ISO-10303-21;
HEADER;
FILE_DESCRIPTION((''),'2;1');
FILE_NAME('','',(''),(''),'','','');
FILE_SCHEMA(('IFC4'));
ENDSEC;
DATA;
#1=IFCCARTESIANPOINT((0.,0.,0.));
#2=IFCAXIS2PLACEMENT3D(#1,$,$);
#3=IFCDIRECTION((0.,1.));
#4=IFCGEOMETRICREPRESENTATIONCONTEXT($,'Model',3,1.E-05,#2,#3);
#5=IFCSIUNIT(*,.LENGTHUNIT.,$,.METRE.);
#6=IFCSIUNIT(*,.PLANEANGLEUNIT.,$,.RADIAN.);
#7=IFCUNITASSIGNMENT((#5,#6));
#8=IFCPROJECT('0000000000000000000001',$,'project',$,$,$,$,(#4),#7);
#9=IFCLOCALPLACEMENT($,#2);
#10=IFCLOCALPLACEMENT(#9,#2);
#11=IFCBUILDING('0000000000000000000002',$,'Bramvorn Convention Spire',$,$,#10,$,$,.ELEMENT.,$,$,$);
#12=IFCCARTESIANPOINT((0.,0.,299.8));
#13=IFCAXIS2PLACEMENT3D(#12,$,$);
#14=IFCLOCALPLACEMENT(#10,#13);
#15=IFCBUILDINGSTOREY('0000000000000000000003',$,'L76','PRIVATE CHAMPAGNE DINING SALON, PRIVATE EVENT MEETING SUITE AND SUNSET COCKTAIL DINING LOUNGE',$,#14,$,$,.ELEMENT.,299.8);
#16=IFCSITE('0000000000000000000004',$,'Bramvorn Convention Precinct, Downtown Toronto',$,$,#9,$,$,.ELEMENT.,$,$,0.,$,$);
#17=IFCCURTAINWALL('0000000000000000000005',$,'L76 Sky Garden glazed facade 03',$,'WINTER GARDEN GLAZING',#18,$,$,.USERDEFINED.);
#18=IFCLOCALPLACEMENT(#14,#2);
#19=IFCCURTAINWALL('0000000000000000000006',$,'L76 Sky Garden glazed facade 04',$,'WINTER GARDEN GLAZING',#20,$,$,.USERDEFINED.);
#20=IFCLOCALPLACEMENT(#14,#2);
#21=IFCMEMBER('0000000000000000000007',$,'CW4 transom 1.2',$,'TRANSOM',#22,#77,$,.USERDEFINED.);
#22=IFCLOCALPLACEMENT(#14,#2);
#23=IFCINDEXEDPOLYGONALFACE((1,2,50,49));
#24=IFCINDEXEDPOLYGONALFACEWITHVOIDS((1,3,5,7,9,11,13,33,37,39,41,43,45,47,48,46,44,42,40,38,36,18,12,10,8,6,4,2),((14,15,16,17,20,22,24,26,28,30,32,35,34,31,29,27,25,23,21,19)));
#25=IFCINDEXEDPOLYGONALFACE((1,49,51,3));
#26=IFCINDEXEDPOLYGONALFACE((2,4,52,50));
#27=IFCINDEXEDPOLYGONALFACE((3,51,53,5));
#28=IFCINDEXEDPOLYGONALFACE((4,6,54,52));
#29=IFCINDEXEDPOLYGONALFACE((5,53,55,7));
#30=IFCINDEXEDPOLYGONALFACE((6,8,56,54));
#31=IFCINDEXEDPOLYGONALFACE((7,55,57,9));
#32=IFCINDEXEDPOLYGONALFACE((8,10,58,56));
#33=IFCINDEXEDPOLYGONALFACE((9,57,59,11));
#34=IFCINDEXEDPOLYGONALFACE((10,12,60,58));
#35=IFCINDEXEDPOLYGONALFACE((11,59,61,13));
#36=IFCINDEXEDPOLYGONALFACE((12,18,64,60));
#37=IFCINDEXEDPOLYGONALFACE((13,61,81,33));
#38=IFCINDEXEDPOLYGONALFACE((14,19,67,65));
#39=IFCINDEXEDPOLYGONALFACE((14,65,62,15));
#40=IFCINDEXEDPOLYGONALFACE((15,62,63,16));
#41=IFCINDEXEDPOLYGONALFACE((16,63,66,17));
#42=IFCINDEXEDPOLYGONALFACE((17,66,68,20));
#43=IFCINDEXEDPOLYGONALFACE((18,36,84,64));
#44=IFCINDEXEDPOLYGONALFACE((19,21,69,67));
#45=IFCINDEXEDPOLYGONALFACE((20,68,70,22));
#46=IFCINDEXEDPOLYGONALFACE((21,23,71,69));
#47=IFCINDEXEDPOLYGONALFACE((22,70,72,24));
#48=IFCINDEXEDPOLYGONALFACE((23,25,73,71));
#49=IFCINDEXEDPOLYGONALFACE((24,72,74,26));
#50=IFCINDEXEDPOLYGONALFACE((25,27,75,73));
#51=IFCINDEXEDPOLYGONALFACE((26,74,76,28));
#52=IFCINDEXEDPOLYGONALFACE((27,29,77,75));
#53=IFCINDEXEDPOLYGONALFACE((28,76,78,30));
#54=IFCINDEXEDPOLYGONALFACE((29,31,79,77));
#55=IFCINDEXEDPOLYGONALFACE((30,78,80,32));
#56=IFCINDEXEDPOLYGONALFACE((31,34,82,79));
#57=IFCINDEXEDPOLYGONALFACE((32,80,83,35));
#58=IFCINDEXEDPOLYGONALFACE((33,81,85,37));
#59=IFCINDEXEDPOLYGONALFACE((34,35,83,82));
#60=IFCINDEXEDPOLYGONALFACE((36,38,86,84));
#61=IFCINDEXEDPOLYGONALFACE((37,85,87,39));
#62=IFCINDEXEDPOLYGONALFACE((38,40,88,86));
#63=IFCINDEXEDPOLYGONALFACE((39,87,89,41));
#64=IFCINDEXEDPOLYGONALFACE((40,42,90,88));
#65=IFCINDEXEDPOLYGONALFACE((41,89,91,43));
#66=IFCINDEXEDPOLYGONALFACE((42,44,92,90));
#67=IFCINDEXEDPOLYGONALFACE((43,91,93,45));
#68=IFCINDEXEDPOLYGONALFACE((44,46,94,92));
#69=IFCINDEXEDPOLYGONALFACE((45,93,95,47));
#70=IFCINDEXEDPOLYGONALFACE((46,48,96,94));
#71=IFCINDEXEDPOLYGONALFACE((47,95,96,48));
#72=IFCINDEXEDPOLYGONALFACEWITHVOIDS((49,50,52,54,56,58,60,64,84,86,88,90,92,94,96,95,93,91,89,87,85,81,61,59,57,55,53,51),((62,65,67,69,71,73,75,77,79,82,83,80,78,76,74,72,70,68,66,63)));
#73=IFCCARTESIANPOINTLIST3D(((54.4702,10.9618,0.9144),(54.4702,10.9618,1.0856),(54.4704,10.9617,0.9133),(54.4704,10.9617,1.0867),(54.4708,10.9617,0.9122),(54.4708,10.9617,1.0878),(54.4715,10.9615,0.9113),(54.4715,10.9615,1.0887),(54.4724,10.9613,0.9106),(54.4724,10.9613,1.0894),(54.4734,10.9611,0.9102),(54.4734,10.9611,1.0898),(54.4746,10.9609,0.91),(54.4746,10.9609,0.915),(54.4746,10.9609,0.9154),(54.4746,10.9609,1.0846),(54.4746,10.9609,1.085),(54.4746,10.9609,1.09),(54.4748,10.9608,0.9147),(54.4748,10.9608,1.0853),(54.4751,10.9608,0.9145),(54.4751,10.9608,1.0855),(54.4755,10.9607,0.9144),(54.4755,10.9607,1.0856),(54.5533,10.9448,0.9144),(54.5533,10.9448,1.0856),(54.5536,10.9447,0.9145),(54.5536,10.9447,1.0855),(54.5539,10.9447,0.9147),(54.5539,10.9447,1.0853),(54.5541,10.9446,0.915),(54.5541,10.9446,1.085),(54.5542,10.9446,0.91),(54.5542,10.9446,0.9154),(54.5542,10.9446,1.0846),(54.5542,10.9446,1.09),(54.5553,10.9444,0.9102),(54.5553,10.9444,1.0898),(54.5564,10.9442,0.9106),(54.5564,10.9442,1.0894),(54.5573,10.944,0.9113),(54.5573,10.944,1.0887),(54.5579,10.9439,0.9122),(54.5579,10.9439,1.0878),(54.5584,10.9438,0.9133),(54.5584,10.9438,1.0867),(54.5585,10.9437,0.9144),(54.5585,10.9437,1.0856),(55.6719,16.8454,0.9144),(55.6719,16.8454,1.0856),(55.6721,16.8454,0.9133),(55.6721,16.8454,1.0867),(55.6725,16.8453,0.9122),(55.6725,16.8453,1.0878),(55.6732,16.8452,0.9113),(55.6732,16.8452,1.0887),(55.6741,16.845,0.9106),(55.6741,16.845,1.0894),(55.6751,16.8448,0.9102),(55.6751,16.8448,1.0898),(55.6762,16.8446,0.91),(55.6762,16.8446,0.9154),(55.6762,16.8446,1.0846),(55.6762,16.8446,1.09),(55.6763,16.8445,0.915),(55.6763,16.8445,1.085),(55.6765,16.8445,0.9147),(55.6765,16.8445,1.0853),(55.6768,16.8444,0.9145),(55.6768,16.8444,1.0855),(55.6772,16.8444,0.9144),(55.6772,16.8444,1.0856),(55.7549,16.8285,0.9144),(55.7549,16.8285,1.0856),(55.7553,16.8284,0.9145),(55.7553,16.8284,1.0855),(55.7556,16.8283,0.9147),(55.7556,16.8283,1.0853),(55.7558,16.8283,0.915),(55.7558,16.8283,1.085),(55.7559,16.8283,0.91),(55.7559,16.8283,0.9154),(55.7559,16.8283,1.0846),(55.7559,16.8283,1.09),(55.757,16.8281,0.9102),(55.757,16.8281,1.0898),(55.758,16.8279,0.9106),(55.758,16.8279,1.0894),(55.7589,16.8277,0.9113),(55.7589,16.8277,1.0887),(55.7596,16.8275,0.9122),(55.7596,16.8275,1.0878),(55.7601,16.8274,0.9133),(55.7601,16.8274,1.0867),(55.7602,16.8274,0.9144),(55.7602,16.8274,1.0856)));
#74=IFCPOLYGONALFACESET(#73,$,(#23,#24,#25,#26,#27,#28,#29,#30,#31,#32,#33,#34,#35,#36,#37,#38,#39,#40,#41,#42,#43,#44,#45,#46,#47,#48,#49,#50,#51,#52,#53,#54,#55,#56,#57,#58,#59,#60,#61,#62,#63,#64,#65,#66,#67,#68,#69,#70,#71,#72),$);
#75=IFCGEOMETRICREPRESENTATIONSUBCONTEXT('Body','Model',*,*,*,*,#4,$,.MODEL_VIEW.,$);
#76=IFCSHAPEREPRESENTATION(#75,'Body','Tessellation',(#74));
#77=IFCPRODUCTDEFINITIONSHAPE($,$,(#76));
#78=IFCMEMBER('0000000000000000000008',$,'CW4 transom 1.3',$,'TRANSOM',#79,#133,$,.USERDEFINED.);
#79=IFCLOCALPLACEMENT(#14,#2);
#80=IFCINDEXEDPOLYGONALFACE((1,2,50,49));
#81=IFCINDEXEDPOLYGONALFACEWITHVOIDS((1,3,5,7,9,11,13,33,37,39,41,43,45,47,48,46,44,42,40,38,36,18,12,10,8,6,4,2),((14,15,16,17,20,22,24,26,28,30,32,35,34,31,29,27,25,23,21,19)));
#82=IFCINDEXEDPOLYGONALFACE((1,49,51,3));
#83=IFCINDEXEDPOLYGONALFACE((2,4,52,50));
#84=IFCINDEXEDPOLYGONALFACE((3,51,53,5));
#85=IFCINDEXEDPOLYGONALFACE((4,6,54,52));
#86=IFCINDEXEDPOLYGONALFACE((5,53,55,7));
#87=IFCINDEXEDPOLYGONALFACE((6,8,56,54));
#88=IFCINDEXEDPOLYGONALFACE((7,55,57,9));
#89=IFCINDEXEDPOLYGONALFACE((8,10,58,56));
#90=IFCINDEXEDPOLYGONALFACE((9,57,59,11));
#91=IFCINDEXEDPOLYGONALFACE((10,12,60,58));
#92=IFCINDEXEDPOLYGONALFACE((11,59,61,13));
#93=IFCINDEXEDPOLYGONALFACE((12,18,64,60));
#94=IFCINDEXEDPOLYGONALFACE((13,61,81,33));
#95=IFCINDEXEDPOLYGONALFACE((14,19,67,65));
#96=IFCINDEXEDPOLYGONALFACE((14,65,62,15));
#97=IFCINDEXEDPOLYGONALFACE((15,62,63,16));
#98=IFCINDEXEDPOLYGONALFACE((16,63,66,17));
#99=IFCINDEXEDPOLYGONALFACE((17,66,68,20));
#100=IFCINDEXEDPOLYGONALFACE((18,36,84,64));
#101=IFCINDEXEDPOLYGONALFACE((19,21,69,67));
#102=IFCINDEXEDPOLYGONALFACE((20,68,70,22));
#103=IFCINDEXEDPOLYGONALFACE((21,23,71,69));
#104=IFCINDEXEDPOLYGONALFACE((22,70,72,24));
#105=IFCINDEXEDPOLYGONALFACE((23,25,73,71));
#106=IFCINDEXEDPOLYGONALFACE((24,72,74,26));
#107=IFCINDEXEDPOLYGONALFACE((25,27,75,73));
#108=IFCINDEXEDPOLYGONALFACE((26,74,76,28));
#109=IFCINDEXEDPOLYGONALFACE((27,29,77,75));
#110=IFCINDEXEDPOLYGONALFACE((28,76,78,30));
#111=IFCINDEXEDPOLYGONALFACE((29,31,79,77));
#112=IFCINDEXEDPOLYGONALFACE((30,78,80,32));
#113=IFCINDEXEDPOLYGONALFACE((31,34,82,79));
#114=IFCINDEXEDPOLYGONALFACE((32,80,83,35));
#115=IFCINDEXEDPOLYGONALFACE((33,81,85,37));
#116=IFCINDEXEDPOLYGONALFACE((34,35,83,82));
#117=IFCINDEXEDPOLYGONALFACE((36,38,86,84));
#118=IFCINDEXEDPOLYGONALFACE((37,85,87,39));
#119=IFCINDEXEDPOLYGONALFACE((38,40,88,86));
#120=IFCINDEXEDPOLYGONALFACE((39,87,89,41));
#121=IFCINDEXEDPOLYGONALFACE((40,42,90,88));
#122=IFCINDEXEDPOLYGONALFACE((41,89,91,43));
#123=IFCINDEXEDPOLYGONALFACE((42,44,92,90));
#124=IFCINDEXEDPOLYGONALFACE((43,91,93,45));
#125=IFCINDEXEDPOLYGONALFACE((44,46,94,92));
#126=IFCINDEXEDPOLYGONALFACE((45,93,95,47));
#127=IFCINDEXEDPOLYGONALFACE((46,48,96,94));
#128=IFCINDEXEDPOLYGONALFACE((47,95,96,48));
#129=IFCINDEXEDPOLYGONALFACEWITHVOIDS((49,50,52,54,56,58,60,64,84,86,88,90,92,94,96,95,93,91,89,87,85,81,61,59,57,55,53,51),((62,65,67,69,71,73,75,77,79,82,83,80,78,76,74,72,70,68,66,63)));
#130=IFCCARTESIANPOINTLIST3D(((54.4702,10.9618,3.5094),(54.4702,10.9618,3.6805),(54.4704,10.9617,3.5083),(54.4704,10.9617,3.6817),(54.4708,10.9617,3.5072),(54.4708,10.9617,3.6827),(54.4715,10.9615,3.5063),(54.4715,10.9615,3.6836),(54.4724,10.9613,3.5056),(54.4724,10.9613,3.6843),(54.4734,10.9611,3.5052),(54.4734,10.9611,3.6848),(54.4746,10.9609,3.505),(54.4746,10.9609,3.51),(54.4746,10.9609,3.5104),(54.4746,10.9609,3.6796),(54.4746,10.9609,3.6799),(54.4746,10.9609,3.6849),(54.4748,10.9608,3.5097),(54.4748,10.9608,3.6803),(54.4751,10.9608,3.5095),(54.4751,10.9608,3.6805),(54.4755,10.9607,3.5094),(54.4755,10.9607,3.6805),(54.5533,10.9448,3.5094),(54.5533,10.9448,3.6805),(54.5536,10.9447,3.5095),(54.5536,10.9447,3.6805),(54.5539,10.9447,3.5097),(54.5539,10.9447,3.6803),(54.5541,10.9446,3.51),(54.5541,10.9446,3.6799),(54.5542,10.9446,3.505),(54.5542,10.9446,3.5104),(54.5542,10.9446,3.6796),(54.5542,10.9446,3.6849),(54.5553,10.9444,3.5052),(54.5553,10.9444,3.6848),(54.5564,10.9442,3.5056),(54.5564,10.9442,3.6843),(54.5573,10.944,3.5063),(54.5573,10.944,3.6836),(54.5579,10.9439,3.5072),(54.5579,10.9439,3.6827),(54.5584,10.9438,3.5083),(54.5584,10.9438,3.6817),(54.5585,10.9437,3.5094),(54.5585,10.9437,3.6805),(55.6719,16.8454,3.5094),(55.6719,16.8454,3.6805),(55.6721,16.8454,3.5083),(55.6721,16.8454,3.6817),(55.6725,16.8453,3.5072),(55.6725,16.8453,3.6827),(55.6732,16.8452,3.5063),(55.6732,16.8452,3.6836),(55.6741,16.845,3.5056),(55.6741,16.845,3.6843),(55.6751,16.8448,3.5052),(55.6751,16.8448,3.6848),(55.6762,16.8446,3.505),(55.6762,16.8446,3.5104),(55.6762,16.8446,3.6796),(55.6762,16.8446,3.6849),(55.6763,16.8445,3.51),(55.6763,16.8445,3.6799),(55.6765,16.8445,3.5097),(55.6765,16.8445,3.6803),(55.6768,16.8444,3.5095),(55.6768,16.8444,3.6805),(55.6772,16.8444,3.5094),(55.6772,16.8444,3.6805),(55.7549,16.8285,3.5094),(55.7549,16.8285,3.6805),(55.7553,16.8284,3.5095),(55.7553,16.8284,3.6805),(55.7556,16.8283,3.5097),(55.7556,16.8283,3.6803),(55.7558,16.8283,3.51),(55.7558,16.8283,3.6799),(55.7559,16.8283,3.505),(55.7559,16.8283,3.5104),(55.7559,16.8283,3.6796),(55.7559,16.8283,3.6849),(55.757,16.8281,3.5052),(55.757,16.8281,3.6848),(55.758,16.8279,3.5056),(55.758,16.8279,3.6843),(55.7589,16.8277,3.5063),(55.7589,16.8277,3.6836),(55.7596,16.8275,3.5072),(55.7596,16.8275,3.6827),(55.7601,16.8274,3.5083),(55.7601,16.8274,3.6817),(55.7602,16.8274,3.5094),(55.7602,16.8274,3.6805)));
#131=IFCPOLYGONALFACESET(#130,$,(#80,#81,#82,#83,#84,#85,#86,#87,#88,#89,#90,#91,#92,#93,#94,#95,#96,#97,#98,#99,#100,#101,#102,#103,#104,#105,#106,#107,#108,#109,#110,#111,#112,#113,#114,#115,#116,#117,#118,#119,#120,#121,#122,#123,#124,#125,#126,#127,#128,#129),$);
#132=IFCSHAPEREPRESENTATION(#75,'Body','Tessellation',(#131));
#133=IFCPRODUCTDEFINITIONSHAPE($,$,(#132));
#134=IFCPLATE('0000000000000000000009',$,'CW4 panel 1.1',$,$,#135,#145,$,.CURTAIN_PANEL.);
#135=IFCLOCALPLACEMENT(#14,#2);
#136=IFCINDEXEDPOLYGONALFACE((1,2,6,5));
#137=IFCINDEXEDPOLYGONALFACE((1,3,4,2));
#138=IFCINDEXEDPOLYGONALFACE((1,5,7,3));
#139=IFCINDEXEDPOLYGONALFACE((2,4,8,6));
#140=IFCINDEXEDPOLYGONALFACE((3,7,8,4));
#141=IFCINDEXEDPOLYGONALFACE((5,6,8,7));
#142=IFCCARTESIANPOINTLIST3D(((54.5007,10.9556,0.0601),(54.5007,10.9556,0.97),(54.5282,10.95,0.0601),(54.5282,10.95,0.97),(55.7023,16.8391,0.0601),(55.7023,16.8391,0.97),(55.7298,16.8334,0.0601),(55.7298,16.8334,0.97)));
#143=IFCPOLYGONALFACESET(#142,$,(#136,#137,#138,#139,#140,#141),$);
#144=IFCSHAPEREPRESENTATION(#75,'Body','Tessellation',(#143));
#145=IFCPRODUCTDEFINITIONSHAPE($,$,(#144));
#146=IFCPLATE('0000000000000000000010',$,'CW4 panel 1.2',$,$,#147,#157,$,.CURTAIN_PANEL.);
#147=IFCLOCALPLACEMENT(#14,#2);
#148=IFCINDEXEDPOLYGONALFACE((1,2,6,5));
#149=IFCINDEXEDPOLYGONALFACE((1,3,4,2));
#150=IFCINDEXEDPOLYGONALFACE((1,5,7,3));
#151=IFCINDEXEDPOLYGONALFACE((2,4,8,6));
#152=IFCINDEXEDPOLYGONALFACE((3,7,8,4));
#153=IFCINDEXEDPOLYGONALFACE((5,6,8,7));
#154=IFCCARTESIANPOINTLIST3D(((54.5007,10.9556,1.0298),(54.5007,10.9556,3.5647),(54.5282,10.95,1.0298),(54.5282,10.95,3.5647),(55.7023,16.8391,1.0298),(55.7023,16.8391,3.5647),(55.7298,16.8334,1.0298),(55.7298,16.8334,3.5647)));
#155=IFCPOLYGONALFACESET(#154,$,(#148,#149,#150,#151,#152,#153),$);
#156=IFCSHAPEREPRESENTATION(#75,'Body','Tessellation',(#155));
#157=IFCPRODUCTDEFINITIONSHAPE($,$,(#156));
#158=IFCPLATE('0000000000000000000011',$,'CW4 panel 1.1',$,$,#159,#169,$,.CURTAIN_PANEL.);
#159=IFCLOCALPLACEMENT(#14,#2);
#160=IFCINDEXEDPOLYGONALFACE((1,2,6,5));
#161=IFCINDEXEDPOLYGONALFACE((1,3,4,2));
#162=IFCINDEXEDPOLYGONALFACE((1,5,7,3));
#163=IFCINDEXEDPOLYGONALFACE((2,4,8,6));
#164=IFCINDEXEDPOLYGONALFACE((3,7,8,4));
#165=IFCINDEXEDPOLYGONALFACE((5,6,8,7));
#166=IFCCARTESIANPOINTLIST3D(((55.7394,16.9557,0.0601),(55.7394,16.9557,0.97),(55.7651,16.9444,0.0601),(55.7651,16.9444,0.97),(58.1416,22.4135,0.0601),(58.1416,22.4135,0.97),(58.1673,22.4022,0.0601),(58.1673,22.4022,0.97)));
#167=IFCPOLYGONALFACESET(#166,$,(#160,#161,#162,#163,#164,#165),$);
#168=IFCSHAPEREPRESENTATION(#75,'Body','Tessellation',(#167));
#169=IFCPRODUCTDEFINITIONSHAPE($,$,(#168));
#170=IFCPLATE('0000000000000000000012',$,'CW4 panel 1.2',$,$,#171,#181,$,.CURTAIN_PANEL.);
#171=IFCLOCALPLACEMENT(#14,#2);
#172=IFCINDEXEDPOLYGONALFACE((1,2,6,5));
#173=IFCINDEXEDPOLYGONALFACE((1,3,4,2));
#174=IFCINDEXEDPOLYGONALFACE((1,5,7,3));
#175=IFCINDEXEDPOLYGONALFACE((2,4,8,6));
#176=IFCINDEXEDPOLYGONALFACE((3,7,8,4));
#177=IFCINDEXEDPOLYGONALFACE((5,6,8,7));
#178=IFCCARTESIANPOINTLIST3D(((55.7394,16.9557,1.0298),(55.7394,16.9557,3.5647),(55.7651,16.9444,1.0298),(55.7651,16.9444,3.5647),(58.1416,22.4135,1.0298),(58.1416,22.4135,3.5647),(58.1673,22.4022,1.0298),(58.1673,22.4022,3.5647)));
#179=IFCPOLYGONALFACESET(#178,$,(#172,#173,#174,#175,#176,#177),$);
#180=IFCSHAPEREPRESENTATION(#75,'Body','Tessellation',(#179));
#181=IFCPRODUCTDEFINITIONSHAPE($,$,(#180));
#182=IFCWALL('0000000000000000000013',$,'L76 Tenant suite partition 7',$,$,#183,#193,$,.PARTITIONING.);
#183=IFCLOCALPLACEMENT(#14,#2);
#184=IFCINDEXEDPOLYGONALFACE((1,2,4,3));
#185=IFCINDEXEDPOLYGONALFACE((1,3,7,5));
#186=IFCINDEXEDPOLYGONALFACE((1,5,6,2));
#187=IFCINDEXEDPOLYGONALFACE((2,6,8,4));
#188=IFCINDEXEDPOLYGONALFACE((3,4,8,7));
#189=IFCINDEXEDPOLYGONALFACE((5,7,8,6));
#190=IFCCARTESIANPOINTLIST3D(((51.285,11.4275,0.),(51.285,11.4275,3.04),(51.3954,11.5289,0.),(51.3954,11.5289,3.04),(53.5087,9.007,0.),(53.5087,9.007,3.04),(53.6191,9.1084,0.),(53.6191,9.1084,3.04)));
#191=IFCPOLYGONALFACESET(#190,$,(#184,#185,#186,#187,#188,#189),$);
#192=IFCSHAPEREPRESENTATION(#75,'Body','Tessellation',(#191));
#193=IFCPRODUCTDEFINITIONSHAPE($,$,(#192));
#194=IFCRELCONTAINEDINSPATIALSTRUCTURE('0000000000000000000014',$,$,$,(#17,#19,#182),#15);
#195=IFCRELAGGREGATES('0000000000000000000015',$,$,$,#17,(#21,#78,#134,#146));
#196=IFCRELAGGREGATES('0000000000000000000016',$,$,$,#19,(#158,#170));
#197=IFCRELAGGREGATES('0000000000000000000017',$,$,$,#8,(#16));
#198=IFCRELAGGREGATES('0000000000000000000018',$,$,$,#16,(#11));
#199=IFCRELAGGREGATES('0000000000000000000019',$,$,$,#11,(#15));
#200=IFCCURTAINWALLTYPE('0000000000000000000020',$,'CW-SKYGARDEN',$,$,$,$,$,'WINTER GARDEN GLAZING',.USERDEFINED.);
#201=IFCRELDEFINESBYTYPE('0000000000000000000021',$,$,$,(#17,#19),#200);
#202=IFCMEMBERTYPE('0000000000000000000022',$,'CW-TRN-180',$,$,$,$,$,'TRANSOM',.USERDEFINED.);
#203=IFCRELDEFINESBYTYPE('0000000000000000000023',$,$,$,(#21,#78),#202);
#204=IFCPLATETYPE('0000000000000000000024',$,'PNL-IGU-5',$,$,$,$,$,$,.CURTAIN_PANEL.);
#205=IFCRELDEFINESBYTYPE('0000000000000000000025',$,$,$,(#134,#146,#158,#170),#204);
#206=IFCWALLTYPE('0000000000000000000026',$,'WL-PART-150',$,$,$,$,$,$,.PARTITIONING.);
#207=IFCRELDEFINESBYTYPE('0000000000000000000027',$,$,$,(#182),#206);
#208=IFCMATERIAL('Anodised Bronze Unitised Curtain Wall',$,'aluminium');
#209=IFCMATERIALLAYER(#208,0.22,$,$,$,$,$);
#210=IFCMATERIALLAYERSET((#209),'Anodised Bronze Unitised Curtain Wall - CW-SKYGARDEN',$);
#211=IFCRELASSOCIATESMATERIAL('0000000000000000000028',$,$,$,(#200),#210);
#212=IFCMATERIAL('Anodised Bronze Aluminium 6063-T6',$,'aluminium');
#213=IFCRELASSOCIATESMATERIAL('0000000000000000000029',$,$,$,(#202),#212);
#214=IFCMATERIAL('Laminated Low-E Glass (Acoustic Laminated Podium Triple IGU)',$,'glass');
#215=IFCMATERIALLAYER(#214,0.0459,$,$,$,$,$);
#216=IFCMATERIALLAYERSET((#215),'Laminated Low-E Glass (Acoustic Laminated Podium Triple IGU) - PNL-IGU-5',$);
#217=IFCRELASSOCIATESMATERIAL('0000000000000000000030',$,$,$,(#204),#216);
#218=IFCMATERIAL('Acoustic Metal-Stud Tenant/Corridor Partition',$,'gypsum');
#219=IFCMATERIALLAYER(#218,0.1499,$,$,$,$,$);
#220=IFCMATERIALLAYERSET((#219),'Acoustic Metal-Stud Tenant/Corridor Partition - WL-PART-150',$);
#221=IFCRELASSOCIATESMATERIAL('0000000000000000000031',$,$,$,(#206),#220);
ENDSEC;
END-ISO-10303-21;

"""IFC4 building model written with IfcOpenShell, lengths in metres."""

from ifc_helpers import new_model, si_unit, direction, frame, frame_2d, origin, origin_2d, place, context, subcontext, project, spatial, rectangle, hollow_rectangle, extrude, material, layer, layer_set, material_profile, profile_set, type_object, element, aggregate, save


model = new_model("IFC4")

# Units and contexts
model_context = context("Model", 3, precision=1e-05, world=origin(), true_north=direction((0.0, 1.0)))
body_context = subcontext(model_context, "Body", "Model", "MODEL_VIEW")
ifc_project = project(units=[si_unit("LENGTHUNIT", "METRE"), si_unit("PLANEANGLEUNIT", "RADIAN")], contexts=[model_context])

# Site, building, storey
site_placement = place(None, origin())
site = spatial("IfcSite", under=ifc_project, at=site_placement, Name="Bramvorn Convention Precinct, Downtown Toronto", CompositionType="ELEMENT", RefElevation=0.0)
building_placement = place(site_placement, origin())
building = spatial("IfcBuilding", under=site, at=building_placement, Name="Bramvorn Convention Spire", CompositionType="ELEMENT")
storey_placement = place(building_placement, frame((0.0, 0.0, 299.8)))
storey = spatial("IfcBuildingStorey", under=building, at=storey_placement, Name="L76", Description="PRIVATE CHAMPAGNE DINING SALON, PRIVATE EVENT MEETING SUITE AND SUNSET COCKTAIL DINING LOUNGE", CompositionType="ELEMENT", Elevation=299.8)

# Curtain wall
ifc_material_1 = material(Name="Anodised Bronze Unitised Curtain Wall", Category="aluminium")
ifc_layer_1 = layer(ifc_material_1, 0.22)
ifc_layer_set_1 = layer_set([ifc_layer_1], Name="Anodised Bronze Unitised Curtain Wall - CW-SKYGARDEN")
curtain_wall_type = type_object("IfcCurtainWallType", Name="CW-SKYGARDEN", ElementType="WINTER GARDEN GLAZING", PredefinedType="USERDEFINED", material=ifc_layer_set_1)
curtain_wall_1_placement = place(storey_placement, origin())
curtain_wall_1 = element("IfcCurtainWall", 1, at=curtain_wall_1_placement, inside=storey, type_object=curtain_wall_type, Name="L76 Sky Garden glazed facade 03", ObjectType="WINTER GARDEN GLAZING", PredefinedType="USERDEFINED")
ifc_material_2 = material(Name="Anodised Bronze Aluminium 6063-T6", Category="aluminium")

# Curtain wall
curtain_wall_2_placement = place(storey_placement, origin())
curtain_wall_2 = element("IfcCurtainWall", 2, at=curtain_wall_2_placement, inside=storey, type_object=curtain_wall_type, Name="L76 Sky Garden glazed facade 04", ObjectType="WINTER GARDEN GLAZING", PredefinedType="USERDEFINED")

# Members
ifc_material_profile_1 = material_profile(ifc_material_2, hollow_rectangle(XDim=0.0901, YDim=0.1799, WallThickness=0.0044, InnerFilletRadius=0.001, OuterFilletRadius=0.0044, at=origin_2d()))
ifc_profile_set_1 = profile_set([ifc_material_profile_1], Name="Anodised Bronze Aluminium 6063-T6 - CWT90X180")
member_type_1 = type_object("IfcMemberType", Name="CW-TRN-180", ElementType="TRANSOM", PredefinedType="USERDEFINED", material=ifc_profile_set_1)
member_1_placement = place(storey_placement, frame((55.7161, 16.8364, 1.0), z_axis=(-0.20011, -0.979773, 0.0), x_axis=(0.979773, -0.20011, 0.0)))
member_1 = element("IfcMember", 3, at=member_1_placement, type_object=member_type_1, Name="CW4 transom 1.2", ObjectType="TRANSOM", PredefinedType="USERDEFINED", context=body_context, shape_type="SweptSolid", body=[
    extrude(hollow_rectangle(XDim=0.0901, YDim=0.1799, WallThickness=0.0044, InnerFilletRadius=0.001, OuterFilletRadius=0.0044, at=origin_2d()), origin(), (0.0, 0.0, 1.0), 6.0051),
])
member_2_placement = place(storey_placement, frame((55.7161, 16.8364, 3.595), z_axis=(-0.20011, -0.979773, 0.0), x_axis=(0.979773, -0.20011, 0.0)))
member_2 = element("IfcMember", 4, at=member_2_placement, type_object=member_type_1, Name="CW4 transom 1.3", ObjectType="TRANSOM", PredefinedType="USERDEFINED", context=body_context, shape_type="SweptSolid", body=[
    extrude(hollow_rectangle(XDim=0.0901, YDim=0.1799, WallThickness=0.0044, InnerFilletRadius=0.001, OuterFilletRadius=0.0044, at=origin_2d()), origin(), (0.0, 0.0, 1.0), 6.0051),
])

# Plates
ifc_material_3 = material(Name="Laminated Low-E Glass (Acoustic Laminated Podium Triple IGU)", Category="glass")
ifc_layer_2 = layer(ifc_material_3, 0.0459)
ifc_layer_set_2 = layer_set([ifc_layer_2], Name="Laminated Low-E Glass (Acoustic Laminated Podium Triple IGU) - PNL-IGU-5")
plate_type = type_object("IfcPlateType", Name="PNL-IGU-5", PredefinedType="CURTAIN_PANEL", material=ifc_layer_set_2)
plate_1_placement = place(storey_placement, frame((55.1152, 13.8945, 0.0601), z_axis=(0.0, 0.0, 1.0), x_axis=(-0.200105, -0.979774, 0.0)))
plate_1 = element("IfcPlate", 5, at=plate_1_placement, type_object=plate_type, Name="CW4 panel 1.1", PredefinedType="CURTAIN_PANEL", context=body_context, shape_type="SweptSolid", body=[
    extrude(rectangle(XDim=6.0049, YDim=0.0281, at=origin_2d()), origin(), (0.0, 0.0, 1.0), 0.9099),
])
plate_2_placement = place(storey_placement, frame((55.1152, 13.8945, 1.0298), z_axis=(0.0, 0.0, 1.0), x_axis=(-0.200105, -0.979774, 0.0)))
plate_2 = element("IfcPlate", 6, at=plate_2_placement, type_object=plate_type, Name="CW4 panel 1.2", PredefinedType="CURTAIN_PANEL", context=body_context, shape_type="SweptSolid", body=[
    extrude(rectangle(XDim=6.0049, YDim=0.0281, at=origin_2d()), origin(), (0.0, 0.0, 1.0), 2.5349),
])
aggregate(curtain_wall_1, [member_1, member_2, plate_1, plate_2])
plate_3_placement = place(storey_placement, frame((56.9534, 19.679, 0.0601), z_axis=(0.0, 0.0, 1.0), x_axis=(-0.402844, -0.915268, 0.0)))
plate_3 = element("IfcPlate", 7, at=plate_3_placement, type_object=plate_type, Name="CW4 panel 1.1", PredefinedType="CURTAIN_PANEL", context=body_context, shape_type="SweptSolid", body=[
    extrude(rectangle(XDim=5.9631, YDim=0.0281, at=origin_2d()), origin(), (0.0, 0.0, 1.0), 0.9099),
])
plate_4_placement = place(storey_placement, frame((56.9534, 19.679, 1.0298), z_axis=(0.0, 0.0, 1.0), x_axis=(-0.402844, -0.915268, 0.0)))
plate_4 = element("IfcPlate", 8, at=plate_4_placement, type_object=plate_type, Name="CW4 panel 1.2", PredefinedType="CURTAIN_PANEL", context=body_context, shape_type="SweptSolid", body=[
    extrude(rectangle(XDim=5.9631, YDim=0.0281, at=origin_2d()), origin(), (0.0, 0.0, 1.0), 2.5349),
])
aggregate(curtain_wall_2, [plate_3, plate_4])

# Wall
ifc_material_4 = material(Name="Acoustic Metal-Stud Tenant/Corridor Partition", Category="gypsum")
ifc_layer_3 = layer(ifc_material_4, 0.1499)
ifc_layer_set_3 = layer_set([ifc_layer_3], Name="Acoustic Metal-Stud Tenant/Corridor Partition - WL-PART-150")
wall_type = type_object("IfcWallType", Name="WL-PART-150", PredefinedType="PARTITIONING", material=ifc_layer_set_3)
wall_placement = place(storey_placement, frame((51.3401, 11.4783, 0.0), z_axis=(0.0, 0.0, 1.0), x_axis=(0.676538, -0.736408, 0.0)))
element("IfcWall", 9, at=wall_placement, inside=storey, type_object=wall_type, Name="L76 Tenant suite partition 7", PredefinedType="PARTITIONING", context=body_context, shape_type="SweptSolid", body=[
    extrude(rectangle(XDim=3.2869, YDim=0.1499, at=frame_2d((1.6436, 0.0))), origin(), (0.0, 0.0, 1.0), 3.04),
])

save(model, "model.ifc")
